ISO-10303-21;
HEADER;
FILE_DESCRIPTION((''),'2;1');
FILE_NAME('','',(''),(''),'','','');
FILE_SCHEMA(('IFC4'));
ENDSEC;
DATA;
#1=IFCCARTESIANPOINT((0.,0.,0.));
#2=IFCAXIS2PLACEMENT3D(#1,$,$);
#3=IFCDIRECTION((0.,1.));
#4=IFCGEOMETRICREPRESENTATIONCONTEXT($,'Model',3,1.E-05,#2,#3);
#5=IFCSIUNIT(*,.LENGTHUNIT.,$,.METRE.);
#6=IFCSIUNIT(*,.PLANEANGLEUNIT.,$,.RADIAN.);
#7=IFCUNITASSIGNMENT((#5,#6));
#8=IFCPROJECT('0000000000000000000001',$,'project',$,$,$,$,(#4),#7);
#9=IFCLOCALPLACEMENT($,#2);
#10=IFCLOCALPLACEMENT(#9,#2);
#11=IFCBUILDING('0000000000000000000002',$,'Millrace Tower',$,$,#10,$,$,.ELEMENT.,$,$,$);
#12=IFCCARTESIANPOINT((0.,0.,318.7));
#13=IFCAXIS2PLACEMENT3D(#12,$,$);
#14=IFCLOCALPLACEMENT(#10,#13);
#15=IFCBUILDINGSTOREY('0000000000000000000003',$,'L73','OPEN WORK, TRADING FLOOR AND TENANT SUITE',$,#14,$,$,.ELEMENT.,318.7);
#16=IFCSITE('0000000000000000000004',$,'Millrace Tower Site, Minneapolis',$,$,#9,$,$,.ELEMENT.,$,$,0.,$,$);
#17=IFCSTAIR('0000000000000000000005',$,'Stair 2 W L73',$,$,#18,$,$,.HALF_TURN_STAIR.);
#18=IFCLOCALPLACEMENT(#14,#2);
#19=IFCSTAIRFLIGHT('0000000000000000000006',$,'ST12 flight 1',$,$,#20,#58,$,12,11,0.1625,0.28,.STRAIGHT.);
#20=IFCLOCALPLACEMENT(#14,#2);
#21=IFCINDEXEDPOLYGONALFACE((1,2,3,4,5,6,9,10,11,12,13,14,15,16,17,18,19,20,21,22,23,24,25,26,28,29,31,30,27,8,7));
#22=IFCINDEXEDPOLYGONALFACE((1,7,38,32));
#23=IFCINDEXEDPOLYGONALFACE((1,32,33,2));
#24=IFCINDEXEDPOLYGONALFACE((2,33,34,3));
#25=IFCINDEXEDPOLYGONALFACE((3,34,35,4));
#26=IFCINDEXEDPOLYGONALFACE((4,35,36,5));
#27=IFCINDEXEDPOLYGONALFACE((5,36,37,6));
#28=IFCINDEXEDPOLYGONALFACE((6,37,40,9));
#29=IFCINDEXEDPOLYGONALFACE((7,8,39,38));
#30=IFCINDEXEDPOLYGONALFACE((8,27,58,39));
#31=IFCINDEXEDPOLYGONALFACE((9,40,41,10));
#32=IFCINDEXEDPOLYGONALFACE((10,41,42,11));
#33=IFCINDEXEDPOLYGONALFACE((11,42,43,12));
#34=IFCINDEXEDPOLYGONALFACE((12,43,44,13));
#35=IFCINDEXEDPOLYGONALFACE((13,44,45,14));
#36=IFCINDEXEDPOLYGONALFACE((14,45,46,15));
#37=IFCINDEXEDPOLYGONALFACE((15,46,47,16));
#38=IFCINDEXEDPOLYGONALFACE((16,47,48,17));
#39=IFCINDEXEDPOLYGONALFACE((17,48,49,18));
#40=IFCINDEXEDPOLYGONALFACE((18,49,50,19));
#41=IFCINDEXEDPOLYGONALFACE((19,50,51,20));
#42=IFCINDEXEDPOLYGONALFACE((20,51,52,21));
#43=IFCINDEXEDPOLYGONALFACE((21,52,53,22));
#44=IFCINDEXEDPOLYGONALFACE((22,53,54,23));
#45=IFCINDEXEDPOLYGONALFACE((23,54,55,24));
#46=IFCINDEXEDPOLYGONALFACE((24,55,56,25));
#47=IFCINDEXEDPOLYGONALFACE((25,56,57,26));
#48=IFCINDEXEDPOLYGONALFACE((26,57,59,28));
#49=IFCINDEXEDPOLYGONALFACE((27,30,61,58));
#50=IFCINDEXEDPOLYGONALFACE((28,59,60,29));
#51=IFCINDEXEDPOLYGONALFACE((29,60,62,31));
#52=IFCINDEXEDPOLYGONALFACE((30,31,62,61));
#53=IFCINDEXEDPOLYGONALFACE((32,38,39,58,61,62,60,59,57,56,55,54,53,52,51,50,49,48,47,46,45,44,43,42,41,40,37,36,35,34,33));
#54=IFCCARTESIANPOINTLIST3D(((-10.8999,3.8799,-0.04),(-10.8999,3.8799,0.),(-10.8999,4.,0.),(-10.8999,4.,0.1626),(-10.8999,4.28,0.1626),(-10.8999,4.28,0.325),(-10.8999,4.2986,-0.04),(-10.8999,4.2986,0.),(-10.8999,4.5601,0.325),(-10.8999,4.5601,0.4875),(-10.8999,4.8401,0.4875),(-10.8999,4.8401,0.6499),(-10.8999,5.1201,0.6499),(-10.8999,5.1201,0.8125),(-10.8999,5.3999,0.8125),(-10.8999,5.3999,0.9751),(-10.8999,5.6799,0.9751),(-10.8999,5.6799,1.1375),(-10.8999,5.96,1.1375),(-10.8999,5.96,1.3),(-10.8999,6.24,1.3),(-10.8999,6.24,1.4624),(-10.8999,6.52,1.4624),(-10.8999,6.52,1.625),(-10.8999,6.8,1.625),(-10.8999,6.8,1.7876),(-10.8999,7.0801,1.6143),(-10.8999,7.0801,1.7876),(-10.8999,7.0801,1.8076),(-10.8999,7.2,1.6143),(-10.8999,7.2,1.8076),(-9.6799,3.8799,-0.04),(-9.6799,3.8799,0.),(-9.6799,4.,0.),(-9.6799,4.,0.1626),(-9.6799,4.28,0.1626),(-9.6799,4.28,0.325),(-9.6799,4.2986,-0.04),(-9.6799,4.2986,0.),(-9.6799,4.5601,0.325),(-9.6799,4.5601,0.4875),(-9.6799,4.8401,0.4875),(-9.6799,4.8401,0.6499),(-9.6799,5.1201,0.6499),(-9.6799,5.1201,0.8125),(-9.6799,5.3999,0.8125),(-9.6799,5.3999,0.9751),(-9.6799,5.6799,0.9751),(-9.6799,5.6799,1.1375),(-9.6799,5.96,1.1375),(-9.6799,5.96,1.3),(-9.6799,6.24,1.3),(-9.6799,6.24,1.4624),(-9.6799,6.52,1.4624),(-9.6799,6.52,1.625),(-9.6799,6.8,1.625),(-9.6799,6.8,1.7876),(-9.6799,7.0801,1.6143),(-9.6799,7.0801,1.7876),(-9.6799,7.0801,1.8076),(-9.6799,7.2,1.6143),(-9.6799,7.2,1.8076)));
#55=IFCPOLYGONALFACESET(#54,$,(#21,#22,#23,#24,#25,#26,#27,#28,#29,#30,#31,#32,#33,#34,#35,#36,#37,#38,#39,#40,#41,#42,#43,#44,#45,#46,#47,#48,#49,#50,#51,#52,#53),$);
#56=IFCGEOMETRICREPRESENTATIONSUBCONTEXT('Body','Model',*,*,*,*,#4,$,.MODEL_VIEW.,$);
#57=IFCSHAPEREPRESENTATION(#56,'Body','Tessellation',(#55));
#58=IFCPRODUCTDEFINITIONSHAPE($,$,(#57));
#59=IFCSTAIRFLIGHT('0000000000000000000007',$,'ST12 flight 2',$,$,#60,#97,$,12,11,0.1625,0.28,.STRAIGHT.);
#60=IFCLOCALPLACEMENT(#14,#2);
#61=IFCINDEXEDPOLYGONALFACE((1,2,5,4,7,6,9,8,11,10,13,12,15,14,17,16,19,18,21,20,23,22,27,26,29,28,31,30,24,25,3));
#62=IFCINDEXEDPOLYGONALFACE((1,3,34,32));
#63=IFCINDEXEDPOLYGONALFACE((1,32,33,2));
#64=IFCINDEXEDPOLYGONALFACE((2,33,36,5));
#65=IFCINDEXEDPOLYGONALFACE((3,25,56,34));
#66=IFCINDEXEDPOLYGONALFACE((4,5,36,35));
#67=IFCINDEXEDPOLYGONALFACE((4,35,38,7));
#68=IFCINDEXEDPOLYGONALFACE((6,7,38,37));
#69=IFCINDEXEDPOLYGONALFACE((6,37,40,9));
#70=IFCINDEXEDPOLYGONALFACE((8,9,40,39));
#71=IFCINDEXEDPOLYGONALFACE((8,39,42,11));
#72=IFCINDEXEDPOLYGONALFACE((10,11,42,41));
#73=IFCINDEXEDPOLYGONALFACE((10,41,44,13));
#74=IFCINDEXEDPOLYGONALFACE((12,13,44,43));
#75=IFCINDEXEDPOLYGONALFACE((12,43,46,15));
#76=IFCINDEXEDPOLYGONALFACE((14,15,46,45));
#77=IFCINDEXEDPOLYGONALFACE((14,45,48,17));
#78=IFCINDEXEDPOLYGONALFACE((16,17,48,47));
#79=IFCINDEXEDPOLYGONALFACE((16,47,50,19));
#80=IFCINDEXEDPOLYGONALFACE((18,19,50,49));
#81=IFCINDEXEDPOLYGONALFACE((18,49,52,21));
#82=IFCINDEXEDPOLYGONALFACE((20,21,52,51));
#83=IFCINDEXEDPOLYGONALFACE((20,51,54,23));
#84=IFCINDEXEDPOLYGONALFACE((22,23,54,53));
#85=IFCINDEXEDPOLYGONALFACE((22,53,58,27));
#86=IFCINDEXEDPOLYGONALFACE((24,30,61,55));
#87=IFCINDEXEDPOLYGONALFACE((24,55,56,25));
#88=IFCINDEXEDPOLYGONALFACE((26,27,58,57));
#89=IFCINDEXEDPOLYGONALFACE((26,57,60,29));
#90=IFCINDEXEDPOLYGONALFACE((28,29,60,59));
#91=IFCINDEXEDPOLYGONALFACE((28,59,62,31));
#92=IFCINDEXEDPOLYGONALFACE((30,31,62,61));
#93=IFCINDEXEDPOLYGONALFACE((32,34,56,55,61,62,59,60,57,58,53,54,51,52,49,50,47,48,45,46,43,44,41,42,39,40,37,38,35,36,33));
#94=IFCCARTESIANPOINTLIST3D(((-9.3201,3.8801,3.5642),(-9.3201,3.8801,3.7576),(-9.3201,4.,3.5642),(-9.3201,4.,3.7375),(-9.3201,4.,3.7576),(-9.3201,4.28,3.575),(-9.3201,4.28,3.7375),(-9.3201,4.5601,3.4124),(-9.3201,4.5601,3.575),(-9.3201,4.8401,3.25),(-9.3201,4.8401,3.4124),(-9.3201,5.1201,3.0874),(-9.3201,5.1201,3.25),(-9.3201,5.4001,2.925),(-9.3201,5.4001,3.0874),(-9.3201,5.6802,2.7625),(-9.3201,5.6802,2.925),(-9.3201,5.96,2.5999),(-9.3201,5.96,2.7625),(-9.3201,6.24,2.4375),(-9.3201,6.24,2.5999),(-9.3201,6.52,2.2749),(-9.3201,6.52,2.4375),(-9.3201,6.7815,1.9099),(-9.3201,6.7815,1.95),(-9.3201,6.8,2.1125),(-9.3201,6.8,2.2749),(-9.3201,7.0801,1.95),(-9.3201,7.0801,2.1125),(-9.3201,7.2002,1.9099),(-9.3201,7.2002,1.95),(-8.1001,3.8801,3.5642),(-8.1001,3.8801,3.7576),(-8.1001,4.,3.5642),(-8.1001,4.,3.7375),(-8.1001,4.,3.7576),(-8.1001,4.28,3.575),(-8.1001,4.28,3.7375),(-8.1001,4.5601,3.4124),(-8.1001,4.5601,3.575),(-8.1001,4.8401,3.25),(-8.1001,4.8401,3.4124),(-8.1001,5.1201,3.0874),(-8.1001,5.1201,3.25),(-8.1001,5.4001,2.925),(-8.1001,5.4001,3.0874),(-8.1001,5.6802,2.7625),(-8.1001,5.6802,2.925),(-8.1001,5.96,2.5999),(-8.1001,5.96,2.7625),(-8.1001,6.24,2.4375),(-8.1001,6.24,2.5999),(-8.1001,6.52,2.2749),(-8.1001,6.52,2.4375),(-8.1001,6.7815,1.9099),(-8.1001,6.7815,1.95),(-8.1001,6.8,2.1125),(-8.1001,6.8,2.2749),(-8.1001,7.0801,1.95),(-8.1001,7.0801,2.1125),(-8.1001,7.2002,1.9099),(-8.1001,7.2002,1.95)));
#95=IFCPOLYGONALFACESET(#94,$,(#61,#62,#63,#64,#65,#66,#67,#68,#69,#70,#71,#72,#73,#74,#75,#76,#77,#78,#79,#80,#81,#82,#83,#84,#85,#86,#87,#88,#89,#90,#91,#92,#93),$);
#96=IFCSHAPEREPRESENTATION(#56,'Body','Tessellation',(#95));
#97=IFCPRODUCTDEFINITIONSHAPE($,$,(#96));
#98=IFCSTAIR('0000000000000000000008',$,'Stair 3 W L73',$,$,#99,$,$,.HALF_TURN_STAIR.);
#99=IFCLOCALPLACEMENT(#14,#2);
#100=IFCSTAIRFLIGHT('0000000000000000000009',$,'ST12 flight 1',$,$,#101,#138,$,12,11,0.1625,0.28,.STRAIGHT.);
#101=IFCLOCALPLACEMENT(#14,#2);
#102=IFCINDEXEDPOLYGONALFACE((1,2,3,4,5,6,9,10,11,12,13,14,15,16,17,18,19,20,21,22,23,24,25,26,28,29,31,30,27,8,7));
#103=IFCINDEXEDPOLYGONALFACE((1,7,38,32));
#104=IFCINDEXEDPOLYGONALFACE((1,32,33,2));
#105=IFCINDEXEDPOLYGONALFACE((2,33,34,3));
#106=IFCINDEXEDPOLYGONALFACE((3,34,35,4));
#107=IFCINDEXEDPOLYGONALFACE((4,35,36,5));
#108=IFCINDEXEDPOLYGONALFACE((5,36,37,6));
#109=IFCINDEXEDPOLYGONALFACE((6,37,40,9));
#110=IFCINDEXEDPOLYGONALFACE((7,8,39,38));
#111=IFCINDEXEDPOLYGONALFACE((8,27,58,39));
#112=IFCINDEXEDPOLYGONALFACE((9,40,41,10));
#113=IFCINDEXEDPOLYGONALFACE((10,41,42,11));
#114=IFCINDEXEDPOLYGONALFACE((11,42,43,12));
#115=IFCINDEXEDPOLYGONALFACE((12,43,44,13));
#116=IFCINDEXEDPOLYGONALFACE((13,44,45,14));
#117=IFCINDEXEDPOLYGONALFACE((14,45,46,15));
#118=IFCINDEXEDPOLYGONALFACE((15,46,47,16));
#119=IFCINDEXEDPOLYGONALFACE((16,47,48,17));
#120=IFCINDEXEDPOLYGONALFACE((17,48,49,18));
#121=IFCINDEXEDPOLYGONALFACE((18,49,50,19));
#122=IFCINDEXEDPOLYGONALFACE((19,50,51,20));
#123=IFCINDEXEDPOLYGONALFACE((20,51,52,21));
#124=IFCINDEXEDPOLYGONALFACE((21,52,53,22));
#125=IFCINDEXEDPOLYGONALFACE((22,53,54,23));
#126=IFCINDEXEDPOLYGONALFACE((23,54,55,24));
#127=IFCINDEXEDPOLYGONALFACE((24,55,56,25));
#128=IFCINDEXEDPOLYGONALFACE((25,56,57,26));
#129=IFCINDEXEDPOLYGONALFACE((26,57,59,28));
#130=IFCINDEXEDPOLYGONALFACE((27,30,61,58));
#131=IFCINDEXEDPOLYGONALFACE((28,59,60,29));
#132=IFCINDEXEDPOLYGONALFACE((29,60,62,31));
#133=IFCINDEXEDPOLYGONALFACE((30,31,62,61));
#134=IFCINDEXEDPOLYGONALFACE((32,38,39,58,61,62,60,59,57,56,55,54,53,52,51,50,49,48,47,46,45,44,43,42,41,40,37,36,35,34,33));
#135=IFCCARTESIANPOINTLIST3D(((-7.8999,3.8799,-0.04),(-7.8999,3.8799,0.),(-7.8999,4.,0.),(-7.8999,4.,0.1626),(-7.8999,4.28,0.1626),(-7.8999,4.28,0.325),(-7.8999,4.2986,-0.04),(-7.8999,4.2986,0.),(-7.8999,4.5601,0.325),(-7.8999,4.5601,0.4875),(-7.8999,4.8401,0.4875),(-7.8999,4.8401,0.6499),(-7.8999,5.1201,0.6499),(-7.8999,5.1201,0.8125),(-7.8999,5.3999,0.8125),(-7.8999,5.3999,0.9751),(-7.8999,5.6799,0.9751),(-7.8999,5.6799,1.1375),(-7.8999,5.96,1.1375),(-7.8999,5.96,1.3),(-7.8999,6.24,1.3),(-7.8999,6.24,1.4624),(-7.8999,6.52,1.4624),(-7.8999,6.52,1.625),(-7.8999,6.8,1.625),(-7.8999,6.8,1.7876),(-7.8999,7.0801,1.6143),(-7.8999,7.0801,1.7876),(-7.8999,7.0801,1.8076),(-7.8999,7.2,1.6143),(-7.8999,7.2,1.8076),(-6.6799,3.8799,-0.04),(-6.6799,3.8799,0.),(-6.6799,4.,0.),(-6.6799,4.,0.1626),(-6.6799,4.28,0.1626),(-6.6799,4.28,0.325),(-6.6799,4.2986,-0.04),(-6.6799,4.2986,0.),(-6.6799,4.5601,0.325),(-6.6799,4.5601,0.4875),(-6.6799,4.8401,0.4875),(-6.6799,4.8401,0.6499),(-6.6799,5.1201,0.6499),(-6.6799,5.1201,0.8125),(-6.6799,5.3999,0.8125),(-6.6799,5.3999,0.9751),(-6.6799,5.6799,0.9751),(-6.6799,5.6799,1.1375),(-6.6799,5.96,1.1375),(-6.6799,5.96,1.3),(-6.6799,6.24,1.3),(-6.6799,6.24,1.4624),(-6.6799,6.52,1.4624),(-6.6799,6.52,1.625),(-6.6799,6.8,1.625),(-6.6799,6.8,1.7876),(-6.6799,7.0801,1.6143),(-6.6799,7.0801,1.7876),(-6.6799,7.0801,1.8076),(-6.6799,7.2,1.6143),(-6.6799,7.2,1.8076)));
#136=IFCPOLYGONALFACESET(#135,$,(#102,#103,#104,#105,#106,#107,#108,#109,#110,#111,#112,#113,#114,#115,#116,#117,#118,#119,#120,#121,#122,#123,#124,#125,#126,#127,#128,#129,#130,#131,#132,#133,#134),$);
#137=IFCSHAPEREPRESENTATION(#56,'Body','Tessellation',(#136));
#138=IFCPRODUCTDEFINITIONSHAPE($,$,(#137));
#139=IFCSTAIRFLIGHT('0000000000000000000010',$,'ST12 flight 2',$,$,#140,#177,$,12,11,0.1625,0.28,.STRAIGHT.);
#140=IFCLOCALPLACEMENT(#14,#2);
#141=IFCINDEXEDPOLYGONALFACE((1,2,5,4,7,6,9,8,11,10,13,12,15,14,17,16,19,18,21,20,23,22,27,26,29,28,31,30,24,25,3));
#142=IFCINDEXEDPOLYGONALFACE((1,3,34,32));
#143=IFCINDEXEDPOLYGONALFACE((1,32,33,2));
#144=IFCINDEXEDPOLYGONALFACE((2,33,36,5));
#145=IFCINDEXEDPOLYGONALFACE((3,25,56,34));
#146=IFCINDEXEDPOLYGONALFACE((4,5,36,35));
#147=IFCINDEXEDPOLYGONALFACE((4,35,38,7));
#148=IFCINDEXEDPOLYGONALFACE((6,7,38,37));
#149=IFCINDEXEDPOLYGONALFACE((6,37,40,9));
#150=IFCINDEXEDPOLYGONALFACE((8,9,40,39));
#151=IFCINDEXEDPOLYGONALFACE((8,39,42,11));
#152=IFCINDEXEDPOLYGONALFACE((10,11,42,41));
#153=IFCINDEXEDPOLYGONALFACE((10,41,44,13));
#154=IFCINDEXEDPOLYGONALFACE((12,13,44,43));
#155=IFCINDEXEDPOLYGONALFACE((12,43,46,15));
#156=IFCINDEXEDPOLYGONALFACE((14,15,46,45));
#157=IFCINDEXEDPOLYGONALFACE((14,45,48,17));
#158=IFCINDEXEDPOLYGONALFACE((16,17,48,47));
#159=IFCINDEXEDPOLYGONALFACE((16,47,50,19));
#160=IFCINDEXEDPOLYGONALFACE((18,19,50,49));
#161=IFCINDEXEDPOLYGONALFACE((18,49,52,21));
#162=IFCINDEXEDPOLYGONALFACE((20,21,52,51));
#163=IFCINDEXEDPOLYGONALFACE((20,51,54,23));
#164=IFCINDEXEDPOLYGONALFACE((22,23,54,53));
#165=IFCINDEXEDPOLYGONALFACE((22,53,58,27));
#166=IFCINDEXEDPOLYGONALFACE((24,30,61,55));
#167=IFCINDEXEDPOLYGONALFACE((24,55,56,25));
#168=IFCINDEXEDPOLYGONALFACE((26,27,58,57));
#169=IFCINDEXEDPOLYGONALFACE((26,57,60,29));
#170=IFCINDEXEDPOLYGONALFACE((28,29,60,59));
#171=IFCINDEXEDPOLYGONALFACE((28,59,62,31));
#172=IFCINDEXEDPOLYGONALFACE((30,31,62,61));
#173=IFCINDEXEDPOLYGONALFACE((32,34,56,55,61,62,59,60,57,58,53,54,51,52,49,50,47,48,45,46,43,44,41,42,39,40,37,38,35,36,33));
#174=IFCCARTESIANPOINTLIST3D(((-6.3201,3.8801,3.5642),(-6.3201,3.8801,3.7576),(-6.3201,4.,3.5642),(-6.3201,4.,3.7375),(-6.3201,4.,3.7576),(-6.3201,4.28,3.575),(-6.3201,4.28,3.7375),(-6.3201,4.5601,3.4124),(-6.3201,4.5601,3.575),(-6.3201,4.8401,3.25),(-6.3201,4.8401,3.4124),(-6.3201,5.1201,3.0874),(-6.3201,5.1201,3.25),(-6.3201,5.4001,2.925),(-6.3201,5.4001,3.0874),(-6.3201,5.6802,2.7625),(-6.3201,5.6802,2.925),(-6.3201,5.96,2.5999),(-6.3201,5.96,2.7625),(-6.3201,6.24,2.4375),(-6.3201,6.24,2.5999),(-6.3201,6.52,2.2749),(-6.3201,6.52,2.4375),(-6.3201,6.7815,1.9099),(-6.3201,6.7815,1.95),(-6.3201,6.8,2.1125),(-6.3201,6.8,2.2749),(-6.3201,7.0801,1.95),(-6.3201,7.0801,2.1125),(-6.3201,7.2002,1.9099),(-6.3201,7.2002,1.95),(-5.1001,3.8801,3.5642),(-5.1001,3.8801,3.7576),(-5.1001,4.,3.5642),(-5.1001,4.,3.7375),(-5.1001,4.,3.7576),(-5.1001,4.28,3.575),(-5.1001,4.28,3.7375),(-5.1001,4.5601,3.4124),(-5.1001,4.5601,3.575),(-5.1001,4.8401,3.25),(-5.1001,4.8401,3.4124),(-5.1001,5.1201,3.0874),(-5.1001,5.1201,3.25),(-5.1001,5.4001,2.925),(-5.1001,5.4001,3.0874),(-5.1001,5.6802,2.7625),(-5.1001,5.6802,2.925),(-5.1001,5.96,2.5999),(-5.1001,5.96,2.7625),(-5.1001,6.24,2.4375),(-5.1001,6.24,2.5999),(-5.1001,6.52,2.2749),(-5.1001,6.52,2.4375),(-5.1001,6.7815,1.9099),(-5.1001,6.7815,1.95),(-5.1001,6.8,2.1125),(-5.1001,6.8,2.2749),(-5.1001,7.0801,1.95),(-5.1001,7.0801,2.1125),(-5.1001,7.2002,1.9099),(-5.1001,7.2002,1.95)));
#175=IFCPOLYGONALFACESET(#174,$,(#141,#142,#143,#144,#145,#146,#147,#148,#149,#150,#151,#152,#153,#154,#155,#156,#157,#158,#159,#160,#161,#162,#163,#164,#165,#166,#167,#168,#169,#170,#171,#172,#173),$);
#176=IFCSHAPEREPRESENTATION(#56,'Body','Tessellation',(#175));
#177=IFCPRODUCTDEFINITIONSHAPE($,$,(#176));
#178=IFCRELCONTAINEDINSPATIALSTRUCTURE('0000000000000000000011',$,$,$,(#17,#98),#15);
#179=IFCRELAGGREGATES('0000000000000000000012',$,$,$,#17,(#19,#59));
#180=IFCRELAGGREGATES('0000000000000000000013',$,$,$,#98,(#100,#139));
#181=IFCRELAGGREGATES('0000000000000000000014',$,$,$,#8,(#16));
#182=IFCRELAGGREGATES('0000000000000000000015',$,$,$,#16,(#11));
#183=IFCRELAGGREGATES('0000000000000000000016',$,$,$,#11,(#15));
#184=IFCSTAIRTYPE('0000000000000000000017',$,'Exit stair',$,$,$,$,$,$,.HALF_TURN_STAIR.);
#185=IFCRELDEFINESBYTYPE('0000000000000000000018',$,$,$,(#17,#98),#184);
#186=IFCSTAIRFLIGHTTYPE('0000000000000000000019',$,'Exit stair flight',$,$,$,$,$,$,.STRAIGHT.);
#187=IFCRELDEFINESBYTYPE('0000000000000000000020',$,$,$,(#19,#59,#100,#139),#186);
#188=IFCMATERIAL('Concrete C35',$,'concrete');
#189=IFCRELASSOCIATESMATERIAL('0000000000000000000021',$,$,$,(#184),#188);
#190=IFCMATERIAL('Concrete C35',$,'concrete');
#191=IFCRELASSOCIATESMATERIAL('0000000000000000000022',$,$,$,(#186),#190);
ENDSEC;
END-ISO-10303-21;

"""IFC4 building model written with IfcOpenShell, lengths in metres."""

from ifc_helpers import new_model, si_unit, direction, frame, origin, place, context, subcontext, project, spatial, polyline, outline, extrude, material, type_object, element, aggregate, save


model = new_model("IFC4")

# Units and contexts
model_context = context("Model", 3, precision=1e-05, world=origin(), true_north=direction((0.0, 1.0)))
body_context = subcontext(model_context, "Body", "Model", "MODEL_VIEW")
ifc_project = project(units=[si_unit("LENGTHUNIT", "METRE"), si_unit("PLANEANGLEUNIT", "RADIAN")], contexts=[model_context])

# Site, building, storey
site_placement = place(None, origin())
site = spatial("IfcSite", under=ifc_project, at=site_placement, Name="Millrace Tower Site, Minneapolis", CompositionType="ELEMENT", RefElevation=0.0)
building_placement = place(site_placement, origin())
building = spatial("IfcBuilding", under=site, at=building_placement, Name="Millrace Tower", CompositionType="ELEMENT")
storey_placement = place(building_placement, frame((0.0, 0.0, 318.7)))
storey = spatial("IfcBuildingStorey", under=building, at=storey_placement, Name="L73", Description="OPEN WORK, TRADING FLOOR AND TENANT SUITE", CompositionType="ELEMENT", Elevation=318.7)

# Shared definitions
placement = place(storey_placement, origin())

# Shared definitions
ifc_material_1 = material(Name="Concrete C35", Category="concrete")
stair_type = type_object("IfcStairType", Name="Exit stair", PredefinedType="HALF_TURN_STAIR", material=ifc_material_1)
ifc_material_2 = material(Name="Concrete C35", Category="concrete")
stair_flight_type = type_object("IfcStairFlightType", Name="Exit stair flight", PredefinedType="STRAIGHT", material=ifc_material_2)

# Stairs, stair flights
stair_1 = element("IfcStair", 1, at=placement, inside=storey, type_object=stair_type, Name="Stair 2 W L73", PredefinedType="HALF_TURN_STAIR")
stair_flight_1_placement = place(storey_placement, frame((-10.29, 4.0, 0.0), z_axis=(0.0, 0.0, 1.0), x_axis=(0.0, 1.0, 0.0)))
stair_flight_1 = element("IfcStairFlight", 2, at=stair_flight_1_placement, type_object=stair_flight_type, Name="ST12 flight 1", NumberOfRisers=12, NumberOfTreads=11, PredefinedType="STRAIGHT", RiserHeight=0.1625, TreadLength=0.28, context=body_context, shape_type="SweptSolid", body=[
    extrude(outline(polyline([(-0.1201, -0.04), (-0.1201, 0.0), (0.0, 0.0), (0.0, 0.1626), (0.28, 0.1626), (0.28, 0.325), (0.5601, 0.325), (0.5601, 0.4875), (0.8401, 0.4875), (0.8401, 0.6499), (1.1201, 0.6499), (1.1201, 0.8125), (1.3999, 0.8125), (1.3999, 0.9751), (1.6799, 0.9751), (1.6799, 1.1375), (1.96, 1.1375), (1.96, 1.3), (2.24, 1.3), (2.24, 1.4624), (2.52, 1.4624), (2.52, 1.625), (2.8, 1.625), (2.8, 1.7876), (3.0801, 1.7876), (3.0801, 1.8076), (3.2, 1.8076), (3.2, 1.6143), (3.0801, 1.6143), (0.2986, 0.0), (0.2986, -0.04), (-0.1201, -0.04)])), frame((0.0, 0.6099, 0.0), z_axis=(0.0, -1.0, 0.0), x_axis=(1.0, 0.0, 0.0)), (0.0, 0.0, 1.0), 1.22),
])
stair_flight_2_placement = place(storey_placement, frame((-8.71, 7.0801, 1.95), z_axis=(0.0, 0.0, 1.0), x_axis=(0.0, -1.0, 0.0)))
stair_flight_2 = element("IfcStairFlight", 3, at=stair_flight_2_placement, type_object=stair_flight_type, Name="ST12 flight 2", NumberOfRisers=12, NumberOfTreads=11, PredefinedType="STRAIGHT", RiserHeight=0.1625, TreadLength=0.28, context=body_context, shape_type="SweptSolid", body=[
    extrude(outline(polyline([(-0.1201, -0.04), (-0.1201, 0.0), (0.0, 0.0), (0.0, 0.1626), (0.28, 0.1626), (0.28, 0.325), (0.5601, 0.325), (0.5601, 0.4875), (0.8401, 0.4875), (0.8401, 0.6499), (1.1201, 0.6499), (1.1201, 0.8125), (1.3999, 0.8125), (1.3999, 0.9751), (1.6799, 0.9751), (1.6799, 1.1375), (1.96, 1.1375), (1.96, 1.3), (2.24, 1.3), (2.24, 1.4624), (2.52, 1.4624), (2.52, 1.625), (2.8, 1.625), (2.8, 1.7876), (3.0801, 1.7876), (3.0801, 1.8076), (3.2, 1.8076), (3.2, 1.6143), (3.0801, 1.6143), (0.2986, 0.0), (0.2986, -0.04), (-0.1201, -0.04)])), frame((0.0, 0.6099, 0.0), z_axis=(0.0, -1.0, 0.0), x_axis=(1.0, 0.0, 0.0)), (0.0, 0.0, 1.0), 1.22),
])
aggregate(stair_1, [stair_flight_1, stair_flight_2])
stair_2 = element("IfcStair", 4, at=placement, inside=storey, type_object=stair_type, Name="Stair 3 W L73", PredefinedType="HALF_TURN_STAIR")
stair_flight_3_placement = place(storey_placement, frame((-7.29, 4.0, 0.0), z_axis=(0.0, 0.0, 1.0), x_axis=(0.0, 1.0, 0.0)))
stair_flight_3 = element("IfcStairFlight", 5, at=stair_flight_3_placement, type_object=stair_flight_type, Name="ST12 flight 1", NumberOfRisers=12, NumberOfTreads=11, PredefinedType="STRAIGHT", RiserHeight=0.1625, TreadLength=0.28, context=body_context, shape_type="SweptSolid", body=[
    extrude(outline(polyline([(-0.1201, -0.04), (-0.1201, 0.0), (0.0, 0.0), (0.0, 0.1626), (0.28, 0.1626), (0.28, 0.325), (0.5601, 0.325), (0.5601, 0.4875), (0.8401, 0.4875), (0.8401, 0.6499), (1.1201, 0.6499), (1.1201, 0.8125), (1.3999, 0.8125), (1.3999, 0.9751), (1.6799, 0.9751), (1.6799, 1.1375), (1.96, 1.1375), (1.96, 1.3), (2.24, 1.3), (2.24, 1.4624), (2.52, 1.4624), (2.52, 1.625), (2.8, 1.625), (2.8, 1.7876), (3.0801, 1.7876), (3.0801, 1.8076), (3.2, 1.8076), (3.2, 1.6143), (3.0801, 1.6143), (0.2986, 0.0), (0.2986, -0.04), (-0.1201, -0.04)])), frame((0.0, 0.6099, 0.0), z_axis=(0.0, -1.0, 0.0), x_axis=(1.0, 0.0, 0.0)), (0.0, 0.0, 1.0), 1.22),
])
stair_flight_4_placement = place(storey_placement, frame((-5.71, 7.0801, 1.95), z_axis=(0.0, 0.0, 1.0), x_axis=(0.0, -1.0, 0.0)))
stair_flight_4 = element("IfcStairFlight", 6, at=stair_flight_4_placement, type_object=stair_flight_type, Name="ST12 flight 2", NumberOfRisers=12, NumberOfTreads=11, PredefinedType="STRAIGHT", RiserHeight=0.1625, TreadLength=0.28, context=body_context, shape_type="SweptSolid", body=[
    extrude(outline(polyline([(-0.1201, -0.04), (-0.1201, 0.0), (0.0, 0.0), (0.0, 0.1626), (0.28, 0.1626), (0.28, 0.325), (0.5601, 0.325), (0.5601, 0.4875), (0.8401, 0.4875), (0.8401, 0.6499), (1.1201, 0.6499), (1.1201, 0.8125), (1.3999, 0.8125), (1.3999, 0.9751), (1.6799, 0.9751), (1.6799, 1.1375), (1.96, 1.1375), (1.96, 1.3), (2.24, 1.3), (2.24, 1.4624), (2.52, 1.4624), (2.52, 1.625), (2.8, 1.625), (2.8, 1.7876), (3.0801, 1.7876), (3.0801, 1.8076), (3.2, 1.8076), (3.2, 1.6143), (3.0801, 1.6143), (0.2986, 0.0), (0.2986, -0.04), (-0.1201, -0.04)])), frame((0.0, 0.6099, 0.0), z_axis=(0.0, -1.0, 0.0), x_axis=(1.0, 0.0, 0.0)), (0.0, 0.0, 1.0), 1.22),
])
aggregate(stair_2, [stair_flight_3, stair_flight_4])

save(model, "model.ifc")
